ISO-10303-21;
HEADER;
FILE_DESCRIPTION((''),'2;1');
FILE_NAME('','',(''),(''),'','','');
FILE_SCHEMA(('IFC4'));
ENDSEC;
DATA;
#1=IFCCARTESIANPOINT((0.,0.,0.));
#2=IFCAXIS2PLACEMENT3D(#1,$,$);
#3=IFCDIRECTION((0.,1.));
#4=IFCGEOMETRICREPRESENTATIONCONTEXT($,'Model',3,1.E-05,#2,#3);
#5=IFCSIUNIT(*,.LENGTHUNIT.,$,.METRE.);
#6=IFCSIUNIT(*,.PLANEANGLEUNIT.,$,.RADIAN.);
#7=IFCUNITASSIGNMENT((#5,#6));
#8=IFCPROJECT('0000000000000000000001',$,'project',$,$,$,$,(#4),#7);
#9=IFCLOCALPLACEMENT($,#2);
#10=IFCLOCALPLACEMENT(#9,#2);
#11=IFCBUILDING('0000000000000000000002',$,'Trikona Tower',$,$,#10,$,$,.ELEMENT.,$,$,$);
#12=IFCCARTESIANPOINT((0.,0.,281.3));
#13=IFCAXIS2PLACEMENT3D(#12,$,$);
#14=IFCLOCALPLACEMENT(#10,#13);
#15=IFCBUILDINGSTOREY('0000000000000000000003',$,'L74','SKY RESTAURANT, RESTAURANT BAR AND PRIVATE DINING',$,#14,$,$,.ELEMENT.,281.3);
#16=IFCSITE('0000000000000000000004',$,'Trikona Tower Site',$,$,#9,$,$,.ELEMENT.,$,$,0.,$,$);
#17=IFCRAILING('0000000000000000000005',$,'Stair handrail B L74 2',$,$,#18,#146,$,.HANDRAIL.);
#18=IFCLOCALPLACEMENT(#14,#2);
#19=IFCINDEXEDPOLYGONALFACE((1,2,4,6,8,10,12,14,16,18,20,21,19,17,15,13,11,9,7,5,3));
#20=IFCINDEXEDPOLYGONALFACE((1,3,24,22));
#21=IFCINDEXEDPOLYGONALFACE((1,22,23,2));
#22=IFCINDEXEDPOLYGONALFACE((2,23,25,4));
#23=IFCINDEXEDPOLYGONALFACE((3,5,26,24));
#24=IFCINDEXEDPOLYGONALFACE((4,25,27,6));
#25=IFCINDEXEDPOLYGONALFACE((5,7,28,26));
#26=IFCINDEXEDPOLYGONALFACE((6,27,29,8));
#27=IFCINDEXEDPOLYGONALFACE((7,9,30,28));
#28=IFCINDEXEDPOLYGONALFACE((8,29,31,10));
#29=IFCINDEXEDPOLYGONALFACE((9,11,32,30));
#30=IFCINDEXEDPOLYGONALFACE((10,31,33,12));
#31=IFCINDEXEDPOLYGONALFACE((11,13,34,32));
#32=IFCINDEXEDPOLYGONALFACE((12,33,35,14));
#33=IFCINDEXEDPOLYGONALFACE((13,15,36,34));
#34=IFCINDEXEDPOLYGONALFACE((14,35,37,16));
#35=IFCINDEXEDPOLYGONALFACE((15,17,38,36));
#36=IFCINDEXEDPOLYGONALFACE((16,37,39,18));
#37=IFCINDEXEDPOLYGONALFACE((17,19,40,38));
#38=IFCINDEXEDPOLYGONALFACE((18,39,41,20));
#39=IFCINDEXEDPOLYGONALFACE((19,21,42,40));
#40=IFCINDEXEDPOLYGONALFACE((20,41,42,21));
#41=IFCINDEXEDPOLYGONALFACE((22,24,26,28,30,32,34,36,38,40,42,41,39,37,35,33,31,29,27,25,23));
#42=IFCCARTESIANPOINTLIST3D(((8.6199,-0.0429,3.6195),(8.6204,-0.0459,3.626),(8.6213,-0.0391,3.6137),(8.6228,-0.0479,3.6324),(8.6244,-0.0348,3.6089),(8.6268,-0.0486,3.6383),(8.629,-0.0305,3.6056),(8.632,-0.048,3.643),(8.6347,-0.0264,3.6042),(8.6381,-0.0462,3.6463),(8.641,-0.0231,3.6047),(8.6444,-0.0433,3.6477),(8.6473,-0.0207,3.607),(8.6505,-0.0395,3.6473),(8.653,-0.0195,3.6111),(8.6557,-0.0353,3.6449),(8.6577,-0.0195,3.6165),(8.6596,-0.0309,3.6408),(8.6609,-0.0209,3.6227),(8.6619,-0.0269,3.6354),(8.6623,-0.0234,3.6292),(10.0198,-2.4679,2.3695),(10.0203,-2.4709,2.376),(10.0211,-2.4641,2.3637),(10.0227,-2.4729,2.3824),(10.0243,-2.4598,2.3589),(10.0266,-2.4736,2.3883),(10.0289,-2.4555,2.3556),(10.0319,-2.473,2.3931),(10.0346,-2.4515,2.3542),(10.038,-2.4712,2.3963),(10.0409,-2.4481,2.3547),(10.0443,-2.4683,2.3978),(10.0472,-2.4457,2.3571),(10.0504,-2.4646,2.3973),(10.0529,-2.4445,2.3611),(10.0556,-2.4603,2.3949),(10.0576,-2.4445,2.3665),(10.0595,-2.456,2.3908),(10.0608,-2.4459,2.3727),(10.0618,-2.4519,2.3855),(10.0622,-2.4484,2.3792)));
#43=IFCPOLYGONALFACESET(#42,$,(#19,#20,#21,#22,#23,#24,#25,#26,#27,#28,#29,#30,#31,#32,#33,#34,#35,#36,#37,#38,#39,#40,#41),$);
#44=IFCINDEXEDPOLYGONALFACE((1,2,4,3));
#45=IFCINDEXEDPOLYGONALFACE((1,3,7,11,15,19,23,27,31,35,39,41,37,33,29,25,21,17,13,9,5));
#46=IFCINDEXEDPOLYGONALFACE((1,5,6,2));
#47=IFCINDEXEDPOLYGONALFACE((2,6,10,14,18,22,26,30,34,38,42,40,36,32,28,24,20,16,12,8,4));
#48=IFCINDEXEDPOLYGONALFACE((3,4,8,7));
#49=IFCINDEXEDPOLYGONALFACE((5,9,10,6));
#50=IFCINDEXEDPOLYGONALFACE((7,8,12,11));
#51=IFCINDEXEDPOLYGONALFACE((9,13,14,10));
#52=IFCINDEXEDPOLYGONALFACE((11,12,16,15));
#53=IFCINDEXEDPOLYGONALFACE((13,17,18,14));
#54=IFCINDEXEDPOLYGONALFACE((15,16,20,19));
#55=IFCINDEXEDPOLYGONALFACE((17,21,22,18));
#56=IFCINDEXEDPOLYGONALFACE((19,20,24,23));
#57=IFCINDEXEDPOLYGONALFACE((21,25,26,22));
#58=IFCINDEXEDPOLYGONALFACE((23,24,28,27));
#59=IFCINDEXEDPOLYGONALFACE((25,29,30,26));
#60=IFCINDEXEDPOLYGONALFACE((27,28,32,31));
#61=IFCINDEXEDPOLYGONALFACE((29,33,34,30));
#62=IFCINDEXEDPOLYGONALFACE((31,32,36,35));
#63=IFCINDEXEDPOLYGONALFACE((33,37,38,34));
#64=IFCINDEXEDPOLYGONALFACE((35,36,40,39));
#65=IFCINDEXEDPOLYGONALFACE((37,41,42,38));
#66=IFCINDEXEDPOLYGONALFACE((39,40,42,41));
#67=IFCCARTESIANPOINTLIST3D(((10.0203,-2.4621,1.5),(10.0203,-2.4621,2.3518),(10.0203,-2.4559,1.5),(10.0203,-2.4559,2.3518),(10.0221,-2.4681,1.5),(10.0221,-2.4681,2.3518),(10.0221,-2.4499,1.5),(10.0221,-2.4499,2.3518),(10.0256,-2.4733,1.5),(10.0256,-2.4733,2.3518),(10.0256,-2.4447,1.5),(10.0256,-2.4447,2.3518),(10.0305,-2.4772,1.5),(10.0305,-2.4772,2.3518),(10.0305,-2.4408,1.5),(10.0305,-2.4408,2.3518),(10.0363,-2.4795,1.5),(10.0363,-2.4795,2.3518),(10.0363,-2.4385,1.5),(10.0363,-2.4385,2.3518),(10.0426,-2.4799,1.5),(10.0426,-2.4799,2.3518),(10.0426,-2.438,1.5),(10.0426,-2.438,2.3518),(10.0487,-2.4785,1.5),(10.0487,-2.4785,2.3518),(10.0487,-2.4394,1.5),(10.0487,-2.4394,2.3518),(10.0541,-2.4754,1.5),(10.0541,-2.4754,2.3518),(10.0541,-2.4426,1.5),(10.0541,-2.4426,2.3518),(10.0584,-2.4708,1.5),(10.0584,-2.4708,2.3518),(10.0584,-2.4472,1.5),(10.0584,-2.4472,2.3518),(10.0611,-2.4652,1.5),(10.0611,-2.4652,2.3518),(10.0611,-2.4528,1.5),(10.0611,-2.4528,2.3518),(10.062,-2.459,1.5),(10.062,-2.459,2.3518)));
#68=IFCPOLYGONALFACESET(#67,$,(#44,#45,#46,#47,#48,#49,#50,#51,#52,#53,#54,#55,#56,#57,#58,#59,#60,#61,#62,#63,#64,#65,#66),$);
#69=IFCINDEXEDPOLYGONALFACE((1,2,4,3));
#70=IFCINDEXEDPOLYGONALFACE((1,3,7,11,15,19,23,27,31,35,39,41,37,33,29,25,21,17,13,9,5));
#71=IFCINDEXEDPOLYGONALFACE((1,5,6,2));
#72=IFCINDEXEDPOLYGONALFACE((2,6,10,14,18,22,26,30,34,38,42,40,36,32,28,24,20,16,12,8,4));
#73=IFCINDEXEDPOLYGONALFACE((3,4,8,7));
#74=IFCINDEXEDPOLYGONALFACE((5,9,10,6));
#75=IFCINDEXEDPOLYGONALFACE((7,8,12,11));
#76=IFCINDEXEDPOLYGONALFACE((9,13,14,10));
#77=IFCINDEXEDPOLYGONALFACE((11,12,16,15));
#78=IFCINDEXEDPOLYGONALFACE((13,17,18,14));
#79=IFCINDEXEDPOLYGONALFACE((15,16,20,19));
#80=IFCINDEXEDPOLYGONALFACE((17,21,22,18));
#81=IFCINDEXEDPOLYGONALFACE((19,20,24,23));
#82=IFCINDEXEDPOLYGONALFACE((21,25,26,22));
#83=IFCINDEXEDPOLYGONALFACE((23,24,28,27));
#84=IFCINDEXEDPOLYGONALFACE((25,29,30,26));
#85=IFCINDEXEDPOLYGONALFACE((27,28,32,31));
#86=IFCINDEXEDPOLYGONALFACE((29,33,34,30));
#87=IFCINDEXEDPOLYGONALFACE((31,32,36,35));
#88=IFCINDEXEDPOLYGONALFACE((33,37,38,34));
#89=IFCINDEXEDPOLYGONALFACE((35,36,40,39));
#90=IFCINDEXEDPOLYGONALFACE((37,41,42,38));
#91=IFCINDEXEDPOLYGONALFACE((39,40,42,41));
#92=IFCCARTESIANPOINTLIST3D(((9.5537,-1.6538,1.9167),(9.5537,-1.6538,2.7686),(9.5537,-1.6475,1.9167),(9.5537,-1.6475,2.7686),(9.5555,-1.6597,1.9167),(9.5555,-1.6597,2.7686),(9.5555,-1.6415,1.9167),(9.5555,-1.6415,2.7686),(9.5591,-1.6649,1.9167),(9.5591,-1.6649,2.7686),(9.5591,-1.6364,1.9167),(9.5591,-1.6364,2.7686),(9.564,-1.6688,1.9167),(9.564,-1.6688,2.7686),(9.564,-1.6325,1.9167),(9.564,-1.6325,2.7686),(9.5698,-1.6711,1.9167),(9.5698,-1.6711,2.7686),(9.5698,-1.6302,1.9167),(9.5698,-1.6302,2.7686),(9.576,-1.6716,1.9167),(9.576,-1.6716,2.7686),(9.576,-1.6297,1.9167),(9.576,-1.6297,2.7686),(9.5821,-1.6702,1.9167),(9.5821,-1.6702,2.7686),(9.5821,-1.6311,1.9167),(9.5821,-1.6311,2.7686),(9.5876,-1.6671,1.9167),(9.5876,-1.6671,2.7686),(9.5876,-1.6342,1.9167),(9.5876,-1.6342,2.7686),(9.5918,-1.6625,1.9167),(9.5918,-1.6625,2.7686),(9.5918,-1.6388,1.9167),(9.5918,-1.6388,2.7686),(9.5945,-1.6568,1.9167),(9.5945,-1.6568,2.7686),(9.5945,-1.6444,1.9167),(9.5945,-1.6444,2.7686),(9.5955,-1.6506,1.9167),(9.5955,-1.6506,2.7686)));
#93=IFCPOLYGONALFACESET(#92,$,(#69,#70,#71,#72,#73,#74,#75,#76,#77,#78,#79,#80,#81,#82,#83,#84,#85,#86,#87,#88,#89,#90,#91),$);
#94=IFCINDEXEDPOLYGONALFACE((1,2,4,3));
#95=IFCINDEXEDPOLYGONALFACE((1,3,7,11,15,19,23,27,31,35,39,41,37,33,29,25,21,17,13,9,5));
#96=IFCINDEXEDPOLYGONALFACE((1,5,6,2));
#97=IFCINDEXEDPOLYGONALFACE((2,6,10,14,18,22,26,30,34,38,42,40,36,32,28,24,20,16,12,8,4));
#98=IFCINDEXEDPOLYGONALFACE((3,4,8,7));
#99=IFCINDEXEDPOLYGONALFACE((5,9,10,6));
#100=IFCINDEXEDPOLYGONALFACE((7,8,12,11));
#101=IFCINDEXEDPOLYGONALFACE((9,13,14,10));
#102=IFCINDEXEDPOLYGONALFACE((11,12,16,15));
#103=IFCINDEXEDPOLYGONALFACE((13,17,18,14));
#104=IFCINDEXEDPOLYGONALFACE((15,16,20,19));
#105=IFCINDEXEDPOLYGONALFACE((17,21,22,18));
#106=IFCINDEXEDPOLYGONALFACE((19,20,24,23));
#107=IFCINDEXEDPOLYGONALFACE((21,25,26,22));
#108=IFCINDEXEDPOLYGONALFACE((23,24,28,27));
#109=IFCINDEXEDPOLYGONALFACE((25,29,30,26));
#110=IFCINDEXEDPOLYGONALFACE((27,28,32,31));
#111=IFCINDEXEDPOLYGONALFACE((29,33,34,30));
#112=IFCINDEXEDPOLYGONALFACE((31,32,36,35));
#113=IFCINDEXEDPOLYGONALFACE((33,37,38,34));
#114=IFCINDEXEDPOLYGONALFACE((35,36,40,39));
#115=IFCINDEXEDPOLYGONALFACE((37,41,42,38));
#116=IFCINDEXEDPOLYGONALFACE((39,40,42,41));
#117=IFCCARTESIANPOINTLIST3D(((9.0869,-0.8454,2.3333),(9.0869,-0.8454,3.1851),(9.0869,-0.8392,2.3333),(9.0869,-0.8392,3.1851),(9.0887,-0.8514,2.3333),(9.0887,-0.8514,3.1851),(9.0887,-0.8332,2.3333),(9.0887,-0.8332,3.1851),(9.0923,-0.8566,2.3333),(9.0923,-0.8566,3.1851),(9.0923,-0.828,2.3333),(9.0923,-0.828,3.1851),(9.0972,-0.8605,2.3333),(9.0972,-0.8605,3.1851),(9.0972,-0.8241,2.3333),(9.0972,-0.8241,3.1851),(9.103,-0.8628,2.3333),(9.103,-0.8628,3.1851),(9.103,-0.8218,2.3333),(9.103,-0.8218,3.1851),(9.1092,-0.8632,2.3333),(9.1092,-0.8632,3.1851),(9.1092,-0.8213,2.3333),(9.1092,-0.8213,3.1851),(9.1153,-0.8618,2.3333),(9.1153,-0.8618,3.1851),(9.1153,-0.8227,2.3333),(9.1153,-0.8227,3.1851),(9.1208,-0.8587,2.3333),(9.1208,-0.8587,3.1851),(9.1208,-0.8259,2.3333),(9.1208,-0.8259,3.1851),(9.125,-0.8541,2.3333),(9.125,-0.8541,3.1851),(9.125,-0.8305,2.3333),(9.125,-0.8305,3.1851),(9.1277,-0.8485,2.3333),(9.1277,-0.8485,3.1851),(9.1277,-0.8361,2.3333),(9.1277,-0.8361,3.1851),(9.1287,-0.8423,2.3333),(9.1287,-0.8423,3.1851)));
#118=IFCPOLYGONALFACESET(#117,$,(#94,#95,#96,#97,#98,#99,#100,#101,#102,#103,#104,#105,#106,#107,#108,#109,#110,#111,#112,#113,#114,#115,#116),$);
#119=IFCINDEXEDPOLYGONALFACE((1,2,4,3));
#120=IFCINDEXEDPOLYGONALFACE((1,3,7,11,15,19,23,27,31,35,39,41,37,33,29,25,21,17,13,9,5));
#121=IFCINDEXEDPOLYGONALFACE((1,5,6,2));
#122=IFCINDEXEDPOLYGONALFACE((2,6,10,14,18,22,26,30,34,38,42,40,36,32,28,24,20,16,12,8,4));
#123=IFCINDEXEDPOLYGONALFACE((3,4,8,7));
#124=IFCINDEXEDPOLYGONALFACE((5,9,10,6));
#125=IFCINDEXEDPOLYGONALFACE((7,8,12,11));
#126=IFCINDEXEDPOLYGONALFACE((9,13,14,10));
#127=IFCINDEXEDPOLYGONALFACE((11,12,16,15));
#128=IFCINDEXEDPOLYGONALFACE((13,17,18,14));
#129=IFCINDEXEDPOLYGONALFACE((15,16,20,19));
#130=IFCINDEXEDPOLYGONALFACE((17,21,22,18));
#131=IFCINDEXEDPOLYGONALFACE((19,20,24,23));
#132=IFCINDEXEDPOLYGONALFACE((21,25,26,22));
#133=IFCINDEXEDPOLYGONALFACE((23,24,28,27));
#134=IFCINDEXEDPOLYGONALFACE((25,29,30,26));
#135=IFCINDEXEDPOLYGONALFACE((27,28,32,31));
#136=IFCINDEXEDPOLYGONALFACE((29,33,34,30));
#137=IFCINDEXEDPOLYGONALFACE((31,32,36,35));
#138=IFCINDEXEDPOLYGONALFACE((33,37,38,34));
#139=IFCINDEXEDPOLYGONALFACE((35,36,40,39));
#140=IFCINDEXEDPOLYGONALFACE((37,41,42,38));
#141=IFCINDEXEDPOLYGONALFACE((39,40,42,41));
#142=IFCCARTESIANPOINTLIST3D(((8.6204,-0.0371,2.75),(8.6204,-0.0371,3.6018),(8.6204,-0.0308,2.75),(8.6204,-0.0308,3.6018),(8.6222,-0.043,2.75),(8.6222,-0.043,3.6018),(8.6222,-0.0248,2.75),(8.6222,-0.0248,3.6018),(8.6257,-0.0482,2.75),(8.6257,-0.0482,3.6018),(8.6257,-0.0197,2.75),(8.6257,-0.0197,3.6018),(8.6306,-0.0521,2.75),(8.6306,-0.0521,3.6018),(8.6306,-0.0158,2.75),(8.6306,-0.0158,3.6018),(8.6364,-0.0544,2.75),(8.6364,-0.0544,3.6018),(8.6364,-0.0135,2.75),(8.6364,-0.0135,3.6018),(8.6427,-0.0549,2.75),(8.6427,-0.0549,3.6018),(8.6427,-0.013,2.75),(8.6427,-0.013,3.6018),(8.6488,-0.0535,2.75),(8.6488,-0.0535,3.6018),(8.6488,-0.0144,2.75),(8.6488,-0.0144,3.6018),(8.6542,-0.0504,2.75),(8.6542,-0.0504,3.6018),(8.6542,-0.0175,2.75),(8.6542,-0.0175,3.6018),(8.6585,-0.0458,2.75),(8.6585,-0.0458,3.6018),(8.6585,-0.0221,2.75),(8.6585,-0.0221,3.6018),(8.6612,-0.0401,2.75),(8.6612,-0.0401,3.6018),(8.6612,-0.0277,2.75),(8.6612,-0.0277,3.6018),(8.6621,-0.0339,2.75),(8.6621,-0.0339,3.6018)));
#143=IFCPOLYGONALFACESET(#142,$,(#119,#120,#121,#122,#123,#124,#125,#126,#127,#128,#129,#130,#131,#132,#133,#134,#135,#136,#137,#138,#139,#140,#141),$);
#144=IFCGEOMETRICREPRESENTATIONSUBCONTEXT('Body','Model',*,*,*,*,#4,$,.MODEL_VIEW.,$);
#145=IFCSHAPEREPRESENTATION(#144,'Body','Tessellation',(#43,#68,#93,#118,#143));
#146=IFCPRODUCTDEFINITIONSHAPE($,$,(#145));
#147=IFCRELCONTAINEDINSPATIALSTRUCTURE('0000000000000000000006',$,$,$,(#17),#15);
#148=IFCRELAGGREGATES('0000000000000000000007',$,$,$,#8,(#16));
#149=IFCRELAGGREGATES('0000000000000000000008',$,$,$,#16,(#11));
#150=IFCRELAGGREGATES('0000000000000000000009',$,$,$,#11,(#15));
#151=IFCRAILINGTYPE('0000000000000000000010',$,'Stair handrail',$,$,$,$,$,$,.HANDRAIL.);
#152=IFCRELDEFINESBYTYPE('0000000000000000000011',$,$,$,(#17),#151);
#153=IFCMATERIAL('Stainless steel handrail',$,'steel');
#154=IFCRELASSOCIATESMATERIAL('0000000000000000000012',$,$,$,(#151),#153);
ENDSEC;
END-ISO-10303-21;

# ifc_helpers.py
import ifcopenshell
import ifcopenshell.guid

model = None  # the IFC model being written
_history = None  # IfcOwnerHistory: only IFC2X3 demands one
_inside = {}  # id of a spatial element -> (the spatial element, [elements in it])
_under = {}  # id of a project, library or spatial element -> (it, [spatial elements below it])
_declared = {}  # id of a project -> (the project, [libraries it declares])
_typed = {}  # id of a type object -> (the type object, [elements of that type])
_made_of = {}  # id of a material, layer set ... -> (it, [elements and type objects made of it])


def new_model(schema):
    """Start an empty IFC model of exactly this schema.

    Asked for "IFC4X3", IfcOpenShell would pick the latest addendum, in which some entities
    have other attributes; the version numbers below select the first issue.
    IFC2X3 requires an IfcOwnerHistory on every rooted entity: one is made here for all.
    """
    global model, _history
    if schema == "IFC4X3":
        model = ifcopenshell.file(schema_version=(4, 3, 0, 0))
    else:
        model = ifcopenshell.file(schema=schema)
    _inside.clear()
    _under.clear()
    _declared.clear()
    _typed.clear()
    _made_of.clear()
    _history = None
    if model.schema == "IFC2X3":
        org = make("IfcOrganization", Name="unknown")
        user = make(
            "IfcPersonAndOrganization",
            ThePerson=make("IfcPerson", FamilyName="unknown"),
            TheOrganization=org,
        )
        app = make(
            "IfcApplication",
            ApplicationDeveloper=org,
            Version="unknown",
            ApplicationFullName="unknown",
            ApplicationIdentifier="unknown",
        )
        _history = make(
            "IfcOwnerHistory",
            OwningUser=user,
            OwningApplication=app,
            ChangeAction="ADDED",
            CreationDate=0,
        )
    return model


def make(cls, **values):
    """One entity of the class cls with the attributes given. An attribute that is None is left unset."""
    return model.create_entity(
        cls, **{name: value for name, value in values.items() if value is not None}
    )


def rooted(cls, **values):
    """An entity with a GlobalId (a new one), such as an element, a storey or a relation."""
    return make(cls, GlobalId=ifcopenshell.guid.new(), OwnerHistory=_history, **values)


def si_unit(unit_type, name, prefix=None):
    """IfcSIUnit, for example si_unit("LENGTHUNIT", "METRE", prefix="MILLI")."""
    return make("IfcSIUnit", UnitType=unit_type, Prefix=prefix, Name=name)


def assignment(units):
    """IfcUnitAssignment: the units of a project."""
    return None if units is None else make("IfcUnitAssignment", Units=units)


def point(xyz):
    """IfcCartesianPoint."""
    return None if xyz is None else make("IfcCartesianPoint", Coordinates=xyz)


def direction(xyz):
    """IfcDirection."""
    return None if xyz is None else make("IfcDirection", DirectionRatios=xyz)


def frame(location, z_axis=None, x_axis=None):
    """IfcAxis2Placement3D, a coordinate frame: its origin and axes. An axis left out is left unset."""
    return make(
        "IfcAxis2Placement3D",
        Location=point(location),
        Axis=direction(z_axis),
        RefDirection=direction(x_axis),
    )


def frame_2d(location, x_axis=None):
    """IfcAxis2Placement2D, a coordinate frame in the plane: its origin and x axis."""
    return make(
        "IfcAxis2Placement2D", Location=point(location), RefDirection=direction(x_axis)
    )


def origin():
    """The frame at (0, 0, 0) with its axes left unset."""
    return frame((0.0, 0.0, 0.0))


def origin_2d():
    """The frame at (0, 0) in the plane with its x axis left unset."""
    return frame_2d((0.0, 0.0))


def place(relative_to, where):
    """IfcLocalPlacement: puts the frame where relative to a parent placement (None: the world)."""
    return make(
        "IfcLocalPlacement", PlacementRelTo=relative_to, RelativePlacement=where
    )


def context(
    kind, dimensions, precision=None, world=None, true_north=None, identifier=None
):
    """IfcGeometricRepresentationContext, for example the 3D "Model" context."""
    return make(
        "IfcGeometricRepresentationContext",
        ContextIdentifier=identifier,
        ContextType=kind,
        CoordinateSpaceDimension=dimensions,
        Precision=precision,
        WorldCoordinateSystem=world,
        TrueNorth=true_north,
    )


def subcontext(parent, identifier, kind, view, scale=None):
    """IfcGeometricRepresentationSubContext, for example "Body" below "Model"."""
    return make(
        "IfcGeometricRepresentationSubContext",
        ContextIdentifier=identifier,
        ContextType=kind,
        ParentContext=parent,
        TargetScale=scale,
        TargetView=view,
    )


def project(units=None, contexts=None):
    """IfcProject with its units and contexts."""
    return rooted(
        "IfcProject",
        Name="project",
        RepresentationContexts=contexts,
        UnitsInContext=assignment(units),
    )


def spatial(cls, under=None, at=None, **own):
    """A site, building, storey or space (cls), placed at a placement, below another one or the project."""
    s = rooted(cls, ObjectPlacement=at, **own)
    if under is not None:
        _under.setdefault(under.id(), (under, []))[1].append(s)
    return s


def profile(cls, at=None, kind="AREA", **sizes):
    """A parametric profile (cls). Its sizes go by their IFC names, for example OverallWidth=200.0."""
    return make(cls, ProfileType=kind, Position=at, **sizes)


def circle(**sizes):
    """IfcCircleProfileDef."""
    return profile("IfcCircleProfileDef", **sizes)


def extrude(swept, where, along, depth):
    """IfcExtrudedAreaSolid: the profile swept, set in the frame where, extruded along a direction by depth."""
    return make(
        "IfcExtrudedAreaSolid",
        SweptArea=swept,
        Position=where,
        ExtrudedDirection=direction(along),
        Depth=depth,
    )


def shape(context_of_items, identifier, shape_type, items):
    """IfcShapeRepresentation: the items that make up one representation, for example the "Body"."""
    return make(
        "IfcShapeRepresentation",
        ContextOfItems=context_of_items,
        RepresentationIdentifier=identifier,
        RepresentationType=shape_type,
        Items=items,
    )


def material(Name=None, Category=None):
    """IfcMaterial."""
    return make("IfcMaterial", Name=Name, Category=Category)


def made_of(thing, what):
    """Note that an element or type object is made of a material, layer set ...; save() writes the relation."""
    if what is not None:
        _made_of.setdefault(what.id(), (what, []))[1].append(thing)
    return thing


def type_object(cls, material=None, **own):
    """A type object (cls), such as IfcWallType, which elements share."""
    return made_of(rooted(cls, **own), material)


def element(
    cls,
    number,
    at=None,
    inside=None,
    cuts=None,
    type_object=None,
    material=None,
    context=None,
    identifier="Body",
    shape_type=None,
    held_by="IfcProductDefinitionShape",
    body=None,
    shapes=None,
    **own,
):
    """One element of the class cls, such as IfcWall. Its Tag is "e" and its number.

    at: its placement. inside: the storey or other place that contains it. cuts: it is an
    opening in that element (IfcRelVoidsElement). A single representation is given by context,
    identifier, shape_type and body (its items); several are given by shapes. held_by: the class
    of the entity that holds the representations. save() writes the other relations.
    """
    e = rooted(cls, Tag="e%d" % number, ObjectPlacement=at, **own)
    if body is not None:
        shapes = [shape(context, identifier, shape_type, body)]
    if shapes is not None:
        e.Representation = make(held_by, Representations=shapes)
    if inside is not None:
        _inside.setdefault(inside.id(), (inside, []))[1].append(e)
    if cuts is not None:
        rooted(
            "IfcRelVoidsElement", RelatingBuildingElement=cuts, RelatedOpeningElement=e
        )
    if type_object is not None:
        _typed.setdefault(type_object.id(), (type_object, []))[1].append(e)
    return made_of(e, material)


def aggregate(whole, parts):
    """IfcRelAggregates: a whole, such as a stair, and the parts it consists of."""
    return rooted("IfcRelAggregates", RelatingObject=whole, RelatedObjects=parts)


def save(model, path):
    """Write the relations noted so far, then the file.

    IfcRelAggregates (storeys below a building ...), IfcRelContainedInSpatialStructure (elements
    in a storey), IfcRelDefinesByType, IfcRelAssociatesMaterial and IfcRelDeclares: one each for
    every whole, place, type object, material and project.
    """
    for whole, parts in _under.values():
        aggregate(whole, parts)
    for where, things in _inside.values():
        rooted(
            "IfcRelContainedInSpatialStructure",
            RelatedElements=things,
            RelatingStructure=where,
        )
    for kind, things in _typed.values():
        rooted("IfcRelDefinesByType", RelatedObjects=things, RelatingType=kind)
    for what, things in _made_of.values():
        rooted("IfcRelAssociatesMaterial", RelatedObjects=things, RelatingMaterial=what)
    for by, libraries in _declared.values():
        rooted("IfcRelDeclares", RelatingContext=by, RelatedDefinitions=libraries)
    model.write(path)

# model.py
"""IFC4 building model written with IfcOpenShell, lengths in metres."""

from ifc_helpers import new_model, si_unit, direction, frame, origin, origin_2d, place, context, subcontext, project, spatial, circle, extrude, material, type_object, element, save


model = new_model("IFC4")

# Units and contexts
model_context = context("Model", 3, precision=1e-05, world=origin(), true_north=direction((0.0, 1.0)))
body_context = subcontext(model_context, "Body", "Model", "MODEL_VIEW")
ifc_project = project(units=[si_unit("LENGTHUNIT", "METRE"), si_unit("PLANEANGLEUNIT", "RADIAN")], contexts=[model_context])

# Site, building, storey
site_placement = place(None, origin())
site = spatial("IfcSite", under=ifc_project, at=site_placement, Name="Trikona Tower Site", CompositionType="ELEMENT", RefElevation=0.0)
building_placement = place(site_placement, origin())
building = spatial("IfcBuilding", under=site, at=building_placement, Name="Trikona Tower", CompositionType="ELEMENT")
storey_placement = place(building_placement, frame((0.0, 0.0, 281.3)))
storey = spatial("IfcBuildingStorey", under=building, at=storey_placement, Name="L74", Description="SKY RESTAURANT, RESTAURANT BAR AND PRIVATE DINING", CompositionType="ELEMENT", Elevation=281.3)

# Railing
ifc_material_1 = material(Name="Stainless steel handrail", Category="steel")
railing_type = type_object("IfcRailingType", Name="Stair handrail", PredefinedType="HANDRAIL", material=ifc_material_1)
for number, where, name in (
    (1, (10.041, -2.459, 1.5), "Stair handrail B L74 2"),
):
    element("IfcRailing", number, at=place(storey_placement, frame(where)), inside=storey, type_object=railing_type, Name=name, PredefinedType="HANDRAIL", context=body_context, shape_type="SweptSolid", body=[
        extrude(circle(Radius=0.0239, at=origin_2d()), frame((0.0, 0.0, 0.876), z_axis=(-0.456523, 0.790834, 0.407638), x_axis=(-0.866056, -0.499946, 0.0)), (0.0, 0.0, 1.0), 3.0664),
        extrude(circle(Radius=0.021, at=origin_2d()), origin(), (0.0, 0.0, 1.0), 0.8518),
        extrude(circle(Radius=0.021, at=origin_2d()), frame((-0.4666, 0.8083, 0.4167)), (0.0, 0.0, 1.0), 0.8518),
        extrude(circle(Radius=0.021, at=origin_2d()), frame((-0.9333, 1.6167, 0.8333)), (0.0, 0.0, 1.0), 0.8518),
        extrude(circle(Radius=0.021, at=origin_2d()), frame((-1.3999, 2.425, 1.25)), (0.0, 0.0, 1.0), 0.8518),
    ])

save(model, "model.ifc")
